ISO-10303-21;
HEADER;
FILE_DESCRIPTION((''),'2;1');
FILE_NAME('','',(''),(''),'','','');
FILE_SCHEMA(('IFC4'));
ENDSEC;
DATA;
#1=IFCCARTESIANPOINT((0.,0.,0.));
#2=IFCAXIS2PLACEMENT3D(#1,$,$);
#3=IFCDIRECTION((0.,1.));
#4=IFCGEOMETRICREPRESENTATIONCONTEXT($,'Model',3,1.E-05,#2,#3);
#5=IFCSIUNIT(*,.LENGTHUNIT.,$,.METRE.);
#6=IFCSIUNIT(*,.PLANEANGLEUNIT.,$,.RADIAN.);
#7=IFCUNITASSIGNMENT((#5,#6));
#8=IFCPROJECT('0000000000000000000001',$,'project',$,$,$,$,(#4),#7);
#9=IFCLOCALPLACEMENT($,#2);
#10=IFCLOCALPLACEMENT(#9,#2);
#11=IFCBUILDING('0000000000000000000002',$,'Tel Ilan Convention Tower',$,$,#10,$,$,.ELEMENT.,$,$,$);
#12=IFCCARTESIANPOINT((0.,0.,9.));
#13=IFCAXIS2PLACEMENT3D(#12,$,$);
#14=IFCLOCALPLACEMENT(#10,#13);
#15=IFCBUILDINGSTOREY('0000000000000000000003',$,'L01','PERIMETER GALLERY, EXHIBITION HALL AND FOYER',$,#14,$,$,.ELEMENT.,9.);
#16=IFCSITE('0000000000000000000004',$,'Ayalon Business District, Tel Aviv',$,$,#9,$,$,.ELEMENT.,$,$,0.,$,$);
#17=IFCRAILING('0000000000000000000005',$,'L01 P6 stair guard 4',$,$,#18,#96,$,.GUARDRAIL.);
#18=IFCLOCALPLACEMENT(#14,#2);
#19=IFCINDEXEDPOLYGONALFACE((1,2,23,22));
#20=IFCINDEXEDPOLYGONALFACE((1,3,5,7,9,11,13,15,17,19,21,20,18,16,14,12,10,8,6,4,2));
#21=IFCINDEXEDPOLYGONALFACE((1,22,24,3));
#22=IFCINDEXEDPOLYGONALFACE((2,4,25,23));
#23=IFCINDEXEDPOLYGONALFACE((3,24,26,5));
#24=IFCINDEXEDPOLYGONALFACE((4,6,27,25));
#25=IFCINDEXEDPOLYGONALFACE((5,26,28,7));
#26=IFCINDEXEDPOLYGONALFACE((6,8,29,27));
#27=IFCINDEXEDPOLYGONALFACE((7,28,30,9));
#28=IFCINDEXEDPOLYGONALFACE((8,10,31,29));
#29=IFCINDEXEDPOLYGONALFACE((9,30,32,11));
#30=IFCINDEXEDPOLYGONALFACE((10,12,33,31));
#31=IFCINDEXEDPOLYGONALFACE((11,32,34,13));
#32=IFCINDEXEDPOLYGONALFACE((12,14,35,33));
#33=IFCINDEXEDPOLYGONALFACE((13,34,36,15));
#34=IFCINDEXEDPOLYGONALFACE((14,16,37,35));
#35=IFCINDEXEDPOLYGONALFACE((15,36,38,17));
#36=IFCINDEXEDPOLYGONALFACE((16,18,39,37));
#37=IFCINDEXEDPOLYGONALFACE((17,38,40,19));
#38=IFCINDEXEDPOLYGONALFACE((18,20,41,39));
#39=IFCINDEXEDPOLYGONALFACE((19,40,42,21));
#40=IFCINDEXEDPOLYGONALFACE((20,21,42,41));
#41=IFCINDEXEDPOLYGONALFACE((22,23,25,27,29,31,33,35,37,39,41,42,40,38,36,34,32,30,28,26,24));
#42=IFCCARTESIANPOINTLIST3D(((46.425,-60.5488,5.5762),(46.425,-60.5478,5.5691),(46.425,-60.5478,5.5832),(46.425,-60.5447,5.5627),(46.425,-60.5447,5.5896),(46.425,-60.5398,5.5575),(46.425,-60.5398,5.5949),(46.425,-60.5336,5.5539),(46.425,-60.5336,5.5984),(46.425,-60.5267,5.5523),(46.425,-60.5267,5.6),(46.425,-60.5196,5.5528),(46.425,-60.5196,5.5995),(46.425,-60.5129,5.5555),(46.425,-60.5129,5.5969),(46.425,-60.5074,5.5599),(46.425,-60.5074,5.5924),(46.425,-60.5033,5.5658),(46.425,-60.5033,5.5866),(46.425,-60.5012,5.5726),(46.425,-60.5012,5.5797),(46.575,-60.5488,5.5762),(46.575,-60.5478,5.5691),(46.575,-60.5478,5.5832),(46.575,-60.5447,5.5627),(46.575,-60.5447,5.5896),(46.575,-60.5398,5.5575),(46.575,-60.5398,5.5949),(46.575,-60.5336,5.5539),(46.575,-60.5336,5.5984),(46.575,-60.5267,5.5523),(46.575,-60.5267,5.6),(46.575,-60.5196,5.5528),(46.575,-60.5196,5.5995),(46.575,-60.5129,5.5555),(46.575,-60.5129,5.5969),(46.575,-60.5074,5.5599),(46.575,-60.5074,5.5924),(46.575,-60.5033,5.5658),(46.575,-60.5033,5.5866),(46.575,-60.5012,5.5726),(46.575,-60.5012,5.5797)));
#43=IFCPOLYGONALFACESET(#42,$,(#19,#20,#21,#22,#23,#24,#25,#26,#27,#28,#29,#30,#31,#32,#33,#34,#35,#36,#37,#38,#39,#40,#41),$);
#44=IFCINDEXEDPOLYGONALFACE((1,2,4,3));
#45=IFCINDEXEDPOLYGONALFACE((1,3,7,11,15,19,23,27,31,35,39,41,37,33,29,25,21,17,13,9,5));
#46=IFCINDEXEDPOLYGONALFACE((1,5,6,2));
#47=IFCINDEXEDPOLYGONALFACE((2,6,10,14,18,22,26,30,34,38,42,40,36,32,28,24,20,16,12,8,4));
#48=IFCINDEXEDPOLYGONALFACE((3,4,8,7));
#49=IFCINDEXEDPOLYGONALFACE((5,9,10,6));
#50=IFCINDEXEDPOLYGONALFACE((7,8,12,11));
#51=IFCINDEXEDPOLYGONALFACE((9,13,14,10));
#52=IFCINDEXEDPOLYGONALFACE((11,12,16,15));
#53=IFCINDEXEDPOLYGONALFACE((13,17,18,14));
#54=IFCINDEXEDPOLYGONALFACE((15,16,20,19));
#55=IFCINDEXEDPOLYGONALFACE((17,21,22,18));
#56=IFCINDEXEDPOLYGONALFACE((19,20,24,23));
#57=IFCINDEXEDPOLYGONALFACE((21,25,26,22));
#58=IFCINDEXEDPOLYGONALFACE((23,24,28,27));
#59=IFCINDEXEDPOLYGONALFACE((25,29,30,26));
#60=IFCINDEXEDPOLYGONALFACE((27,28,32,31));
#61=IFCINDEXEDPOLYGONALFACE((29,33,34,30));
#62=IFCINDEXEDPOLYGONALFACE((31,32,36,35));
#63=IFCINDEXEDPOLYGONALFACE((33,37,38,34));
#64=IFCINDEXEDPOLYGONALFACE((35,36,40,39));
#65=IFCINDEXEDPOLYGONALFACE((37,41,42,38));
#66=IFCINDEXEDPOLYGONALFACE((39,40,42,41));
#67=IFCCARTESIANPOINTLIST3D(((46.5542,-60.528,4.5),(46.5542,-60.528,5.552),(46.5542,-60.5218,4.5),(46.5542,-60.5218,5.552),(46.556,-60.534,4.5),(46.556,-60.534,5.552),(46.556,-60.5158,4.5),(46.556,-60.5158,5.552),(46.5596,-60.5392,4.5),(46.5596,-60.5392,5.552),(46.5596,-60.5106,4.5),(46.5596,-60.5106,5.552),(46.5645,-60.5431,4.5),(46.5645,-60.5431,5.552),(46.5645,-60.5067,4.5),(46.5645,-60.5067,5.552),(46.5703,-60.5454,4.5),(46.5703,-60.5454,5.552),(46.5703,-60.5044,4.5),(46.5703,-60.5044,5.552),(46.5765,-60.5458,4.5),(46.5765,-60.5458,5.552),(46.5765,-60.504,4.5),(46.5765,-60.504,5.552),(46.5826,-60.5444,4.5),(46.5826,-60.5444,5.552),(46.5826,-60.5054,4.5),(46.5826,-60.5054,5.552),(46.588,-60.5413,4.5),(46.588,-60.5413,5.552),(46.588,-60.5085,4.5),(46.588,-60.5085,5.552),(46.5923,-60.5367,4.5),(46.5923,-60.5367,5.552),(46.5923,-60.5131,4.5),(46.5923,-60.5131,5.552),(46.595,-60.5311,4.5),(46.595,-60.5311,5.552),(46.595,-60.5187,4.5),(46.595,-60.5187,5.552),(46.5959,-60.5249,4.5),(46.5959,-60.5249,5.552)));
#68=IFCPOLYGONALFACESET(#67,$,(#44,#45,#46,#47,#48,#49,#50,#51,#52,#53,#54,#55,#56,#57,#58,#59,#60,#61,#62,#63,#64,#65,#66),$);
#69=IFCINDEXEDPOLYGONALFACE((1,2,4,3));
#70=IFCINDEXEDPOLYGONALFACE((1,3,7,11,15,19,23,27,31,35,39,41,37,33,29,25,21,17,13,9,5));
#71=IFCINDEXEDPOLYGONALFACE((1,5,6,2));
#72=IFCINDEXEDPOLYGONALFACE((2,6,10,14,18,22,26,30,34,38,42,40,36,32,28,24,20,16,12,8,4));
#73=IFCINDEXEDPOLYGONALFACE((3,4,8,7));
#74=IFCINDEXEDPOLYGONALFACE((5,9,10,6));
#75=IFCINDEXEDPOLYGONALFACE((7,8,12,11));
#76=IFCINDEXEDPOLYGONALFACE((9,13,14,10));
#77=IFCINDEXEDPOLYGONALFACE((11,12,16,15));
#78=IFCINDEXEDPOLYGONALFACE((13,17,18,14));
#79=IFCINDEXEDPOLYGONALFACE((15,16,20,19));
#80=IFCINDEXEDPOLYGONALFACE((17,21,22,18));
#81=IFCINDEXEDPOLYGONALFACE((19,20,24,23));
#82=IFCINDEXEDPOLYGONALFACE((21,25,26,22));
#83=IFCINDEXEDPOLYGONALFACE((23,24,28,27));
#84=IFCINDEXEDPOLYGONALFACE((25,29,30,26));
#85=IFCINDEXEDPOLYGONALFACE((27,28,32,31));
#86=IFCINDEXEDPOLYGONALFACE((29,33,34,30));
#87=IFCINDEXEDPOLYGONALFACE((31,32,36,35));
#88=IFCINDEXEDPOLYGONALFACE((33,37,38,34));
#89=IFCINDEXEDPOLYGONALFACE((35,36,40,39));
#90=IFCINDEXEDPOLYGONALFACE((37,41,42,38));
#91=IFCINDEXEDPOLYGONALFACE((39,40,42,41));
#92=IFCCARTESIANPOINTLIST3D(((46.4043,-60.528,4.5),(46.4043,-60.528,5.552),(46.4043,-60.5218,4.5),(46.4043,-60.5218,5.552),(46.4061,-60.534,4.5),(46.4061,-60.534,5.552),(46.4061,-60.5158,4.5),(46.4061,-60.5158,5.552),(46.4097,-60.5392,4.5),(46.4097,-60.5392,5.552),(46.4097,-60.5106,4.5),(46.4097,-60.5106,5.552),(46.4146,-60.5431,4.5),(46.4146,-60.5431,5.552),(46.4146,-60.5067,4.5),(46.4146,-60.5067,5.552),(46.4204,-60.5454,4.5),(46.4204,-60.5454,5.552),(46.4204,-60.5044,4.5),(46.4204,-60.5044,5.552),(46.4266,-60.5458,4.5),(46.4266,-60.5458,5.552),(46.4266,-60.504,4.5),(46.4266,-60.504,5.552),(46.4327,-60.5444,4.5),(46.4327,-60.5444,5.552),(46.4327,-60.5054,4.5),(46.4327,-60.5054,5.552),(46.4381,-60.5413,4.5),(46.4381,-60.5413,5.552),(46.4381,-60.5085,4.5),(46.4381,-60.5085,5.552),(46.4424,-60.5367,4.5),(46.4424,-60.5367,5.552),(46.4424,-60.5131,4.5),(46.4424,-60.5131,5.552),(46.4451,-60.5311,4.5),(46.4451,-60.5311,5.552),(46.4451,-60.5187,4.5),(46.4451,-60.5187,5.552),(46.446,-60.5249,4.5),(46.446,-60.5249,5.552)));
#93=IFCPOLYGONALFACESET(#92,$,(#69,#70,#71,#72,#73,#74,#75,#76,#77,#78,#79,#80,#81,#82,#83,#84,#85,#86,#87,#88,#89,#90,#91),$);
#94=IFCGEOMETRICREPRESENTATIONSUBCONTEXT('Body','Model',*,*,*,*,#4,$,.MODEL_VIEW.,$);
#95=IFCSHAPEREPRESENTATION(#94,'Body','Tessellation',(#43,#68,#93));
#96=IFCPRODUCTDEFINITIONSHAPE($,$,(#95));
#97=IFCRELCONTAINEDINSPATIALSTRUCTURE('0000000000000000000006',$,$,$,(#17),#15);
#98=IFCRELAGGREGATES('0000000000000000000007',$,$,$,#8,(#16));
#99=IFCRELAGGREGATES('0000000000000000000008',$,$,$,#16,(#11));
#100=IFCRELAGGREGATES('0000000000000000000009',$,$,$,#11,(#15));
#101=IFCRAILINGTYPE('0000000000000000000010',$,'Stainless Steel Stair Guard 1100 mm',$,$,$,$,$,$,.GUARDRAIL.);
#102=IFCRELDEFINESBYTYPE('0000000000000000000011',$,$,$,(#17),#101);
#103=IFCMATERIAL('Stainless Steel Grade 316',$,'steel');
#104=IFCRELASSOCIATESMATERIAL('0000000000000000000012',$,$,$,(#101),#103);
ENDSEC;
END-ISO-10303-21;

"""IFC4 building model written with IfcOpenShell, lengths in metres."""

from ifc_helpers import new_model, si_unit, direction, frame, origin, origin_2d, place, context, subcontext, project, spatial, circle, extrude, material, type_object, element, save


model = new_model("IFC4")

# Units and contexts
model_context = context("Model", 3, precision=1e-05, world=origin(), true_north=direction((0.0, 1.0)))
body_context = subcontext(model_context, "Body", "Model", "MODEL_VIEW")
ifc_project = project(units=[si_unit("LENGTHUNIT", "METRE"), si_unit("PLANEANGLEUNIT", "RADIAN")], contexts=[model_context])

# Site, building, storey
site_placement = place(None, origin())
site = spatial("IfcSite", under=ifc_project, at=site_placement, Name="Ayalon Business District, Tel Aviv", CompositionType="ELEMENT", RefElevation=0.0)
building_placement = place(site_placement, origin())
building = spatial("IfcBuilding", under=site, at=building_placement, Name="Tel Ilan Convention Tower", CompositionType="ELEMENT")
storey_placement = place(building_placement, frame((0.0, 0.0, 9.0)))
storey = spatial("IfcBuildingStorey", under=building, at=storey_placement, Name="L01", Description="PERIMETER GALLERY, EXHIBITION HALL AND FOYER", CompositionType="ELEMENT", Elevation=9.0)

# Railing
ifc_material_1 = material(Name="Stainless Steel Grade 316", Category="steel")
railing_type_1 = type_object("IfcRailingType", Name="Stainless Steel Stair Guard 1100 mm", PredefinedType="GUARDRAIL", material=ifc_material_1)
railing_1_placement = place(storey_placement, frame((46.575, -60.5249, 4.5)))
element("IfcRailing", 1, at=railing_1_placement, inside=storey, type_object=railing_type_1, Name="L01 P6 stair guard 4", PredefinedType="GUARDRAIL", context=body_context, shape_type="SweptSolid", body=[
    extrude(circle(Radius=0.0239, at=origin_2d()), frame((0.0, 0.0, 1.0762), z_axis=(-1.0, 0.0, 0.0), x_axis=(0.0, -1.0, 0.0)), (0.0, 0.0, 1.0), 0.1499),
    extrude(circle(Radius=0.021, at=origin_2d()), origin(), (0.0, 0.0, 1.0), 1.052),
    extrude(circle(Radius=0.021, at=origin_2d()), frame((-0.1499, 0.0, 0.0)), (0.0, 0.0, 1.0), 1.052),
])

save(model, "model.ifc")
